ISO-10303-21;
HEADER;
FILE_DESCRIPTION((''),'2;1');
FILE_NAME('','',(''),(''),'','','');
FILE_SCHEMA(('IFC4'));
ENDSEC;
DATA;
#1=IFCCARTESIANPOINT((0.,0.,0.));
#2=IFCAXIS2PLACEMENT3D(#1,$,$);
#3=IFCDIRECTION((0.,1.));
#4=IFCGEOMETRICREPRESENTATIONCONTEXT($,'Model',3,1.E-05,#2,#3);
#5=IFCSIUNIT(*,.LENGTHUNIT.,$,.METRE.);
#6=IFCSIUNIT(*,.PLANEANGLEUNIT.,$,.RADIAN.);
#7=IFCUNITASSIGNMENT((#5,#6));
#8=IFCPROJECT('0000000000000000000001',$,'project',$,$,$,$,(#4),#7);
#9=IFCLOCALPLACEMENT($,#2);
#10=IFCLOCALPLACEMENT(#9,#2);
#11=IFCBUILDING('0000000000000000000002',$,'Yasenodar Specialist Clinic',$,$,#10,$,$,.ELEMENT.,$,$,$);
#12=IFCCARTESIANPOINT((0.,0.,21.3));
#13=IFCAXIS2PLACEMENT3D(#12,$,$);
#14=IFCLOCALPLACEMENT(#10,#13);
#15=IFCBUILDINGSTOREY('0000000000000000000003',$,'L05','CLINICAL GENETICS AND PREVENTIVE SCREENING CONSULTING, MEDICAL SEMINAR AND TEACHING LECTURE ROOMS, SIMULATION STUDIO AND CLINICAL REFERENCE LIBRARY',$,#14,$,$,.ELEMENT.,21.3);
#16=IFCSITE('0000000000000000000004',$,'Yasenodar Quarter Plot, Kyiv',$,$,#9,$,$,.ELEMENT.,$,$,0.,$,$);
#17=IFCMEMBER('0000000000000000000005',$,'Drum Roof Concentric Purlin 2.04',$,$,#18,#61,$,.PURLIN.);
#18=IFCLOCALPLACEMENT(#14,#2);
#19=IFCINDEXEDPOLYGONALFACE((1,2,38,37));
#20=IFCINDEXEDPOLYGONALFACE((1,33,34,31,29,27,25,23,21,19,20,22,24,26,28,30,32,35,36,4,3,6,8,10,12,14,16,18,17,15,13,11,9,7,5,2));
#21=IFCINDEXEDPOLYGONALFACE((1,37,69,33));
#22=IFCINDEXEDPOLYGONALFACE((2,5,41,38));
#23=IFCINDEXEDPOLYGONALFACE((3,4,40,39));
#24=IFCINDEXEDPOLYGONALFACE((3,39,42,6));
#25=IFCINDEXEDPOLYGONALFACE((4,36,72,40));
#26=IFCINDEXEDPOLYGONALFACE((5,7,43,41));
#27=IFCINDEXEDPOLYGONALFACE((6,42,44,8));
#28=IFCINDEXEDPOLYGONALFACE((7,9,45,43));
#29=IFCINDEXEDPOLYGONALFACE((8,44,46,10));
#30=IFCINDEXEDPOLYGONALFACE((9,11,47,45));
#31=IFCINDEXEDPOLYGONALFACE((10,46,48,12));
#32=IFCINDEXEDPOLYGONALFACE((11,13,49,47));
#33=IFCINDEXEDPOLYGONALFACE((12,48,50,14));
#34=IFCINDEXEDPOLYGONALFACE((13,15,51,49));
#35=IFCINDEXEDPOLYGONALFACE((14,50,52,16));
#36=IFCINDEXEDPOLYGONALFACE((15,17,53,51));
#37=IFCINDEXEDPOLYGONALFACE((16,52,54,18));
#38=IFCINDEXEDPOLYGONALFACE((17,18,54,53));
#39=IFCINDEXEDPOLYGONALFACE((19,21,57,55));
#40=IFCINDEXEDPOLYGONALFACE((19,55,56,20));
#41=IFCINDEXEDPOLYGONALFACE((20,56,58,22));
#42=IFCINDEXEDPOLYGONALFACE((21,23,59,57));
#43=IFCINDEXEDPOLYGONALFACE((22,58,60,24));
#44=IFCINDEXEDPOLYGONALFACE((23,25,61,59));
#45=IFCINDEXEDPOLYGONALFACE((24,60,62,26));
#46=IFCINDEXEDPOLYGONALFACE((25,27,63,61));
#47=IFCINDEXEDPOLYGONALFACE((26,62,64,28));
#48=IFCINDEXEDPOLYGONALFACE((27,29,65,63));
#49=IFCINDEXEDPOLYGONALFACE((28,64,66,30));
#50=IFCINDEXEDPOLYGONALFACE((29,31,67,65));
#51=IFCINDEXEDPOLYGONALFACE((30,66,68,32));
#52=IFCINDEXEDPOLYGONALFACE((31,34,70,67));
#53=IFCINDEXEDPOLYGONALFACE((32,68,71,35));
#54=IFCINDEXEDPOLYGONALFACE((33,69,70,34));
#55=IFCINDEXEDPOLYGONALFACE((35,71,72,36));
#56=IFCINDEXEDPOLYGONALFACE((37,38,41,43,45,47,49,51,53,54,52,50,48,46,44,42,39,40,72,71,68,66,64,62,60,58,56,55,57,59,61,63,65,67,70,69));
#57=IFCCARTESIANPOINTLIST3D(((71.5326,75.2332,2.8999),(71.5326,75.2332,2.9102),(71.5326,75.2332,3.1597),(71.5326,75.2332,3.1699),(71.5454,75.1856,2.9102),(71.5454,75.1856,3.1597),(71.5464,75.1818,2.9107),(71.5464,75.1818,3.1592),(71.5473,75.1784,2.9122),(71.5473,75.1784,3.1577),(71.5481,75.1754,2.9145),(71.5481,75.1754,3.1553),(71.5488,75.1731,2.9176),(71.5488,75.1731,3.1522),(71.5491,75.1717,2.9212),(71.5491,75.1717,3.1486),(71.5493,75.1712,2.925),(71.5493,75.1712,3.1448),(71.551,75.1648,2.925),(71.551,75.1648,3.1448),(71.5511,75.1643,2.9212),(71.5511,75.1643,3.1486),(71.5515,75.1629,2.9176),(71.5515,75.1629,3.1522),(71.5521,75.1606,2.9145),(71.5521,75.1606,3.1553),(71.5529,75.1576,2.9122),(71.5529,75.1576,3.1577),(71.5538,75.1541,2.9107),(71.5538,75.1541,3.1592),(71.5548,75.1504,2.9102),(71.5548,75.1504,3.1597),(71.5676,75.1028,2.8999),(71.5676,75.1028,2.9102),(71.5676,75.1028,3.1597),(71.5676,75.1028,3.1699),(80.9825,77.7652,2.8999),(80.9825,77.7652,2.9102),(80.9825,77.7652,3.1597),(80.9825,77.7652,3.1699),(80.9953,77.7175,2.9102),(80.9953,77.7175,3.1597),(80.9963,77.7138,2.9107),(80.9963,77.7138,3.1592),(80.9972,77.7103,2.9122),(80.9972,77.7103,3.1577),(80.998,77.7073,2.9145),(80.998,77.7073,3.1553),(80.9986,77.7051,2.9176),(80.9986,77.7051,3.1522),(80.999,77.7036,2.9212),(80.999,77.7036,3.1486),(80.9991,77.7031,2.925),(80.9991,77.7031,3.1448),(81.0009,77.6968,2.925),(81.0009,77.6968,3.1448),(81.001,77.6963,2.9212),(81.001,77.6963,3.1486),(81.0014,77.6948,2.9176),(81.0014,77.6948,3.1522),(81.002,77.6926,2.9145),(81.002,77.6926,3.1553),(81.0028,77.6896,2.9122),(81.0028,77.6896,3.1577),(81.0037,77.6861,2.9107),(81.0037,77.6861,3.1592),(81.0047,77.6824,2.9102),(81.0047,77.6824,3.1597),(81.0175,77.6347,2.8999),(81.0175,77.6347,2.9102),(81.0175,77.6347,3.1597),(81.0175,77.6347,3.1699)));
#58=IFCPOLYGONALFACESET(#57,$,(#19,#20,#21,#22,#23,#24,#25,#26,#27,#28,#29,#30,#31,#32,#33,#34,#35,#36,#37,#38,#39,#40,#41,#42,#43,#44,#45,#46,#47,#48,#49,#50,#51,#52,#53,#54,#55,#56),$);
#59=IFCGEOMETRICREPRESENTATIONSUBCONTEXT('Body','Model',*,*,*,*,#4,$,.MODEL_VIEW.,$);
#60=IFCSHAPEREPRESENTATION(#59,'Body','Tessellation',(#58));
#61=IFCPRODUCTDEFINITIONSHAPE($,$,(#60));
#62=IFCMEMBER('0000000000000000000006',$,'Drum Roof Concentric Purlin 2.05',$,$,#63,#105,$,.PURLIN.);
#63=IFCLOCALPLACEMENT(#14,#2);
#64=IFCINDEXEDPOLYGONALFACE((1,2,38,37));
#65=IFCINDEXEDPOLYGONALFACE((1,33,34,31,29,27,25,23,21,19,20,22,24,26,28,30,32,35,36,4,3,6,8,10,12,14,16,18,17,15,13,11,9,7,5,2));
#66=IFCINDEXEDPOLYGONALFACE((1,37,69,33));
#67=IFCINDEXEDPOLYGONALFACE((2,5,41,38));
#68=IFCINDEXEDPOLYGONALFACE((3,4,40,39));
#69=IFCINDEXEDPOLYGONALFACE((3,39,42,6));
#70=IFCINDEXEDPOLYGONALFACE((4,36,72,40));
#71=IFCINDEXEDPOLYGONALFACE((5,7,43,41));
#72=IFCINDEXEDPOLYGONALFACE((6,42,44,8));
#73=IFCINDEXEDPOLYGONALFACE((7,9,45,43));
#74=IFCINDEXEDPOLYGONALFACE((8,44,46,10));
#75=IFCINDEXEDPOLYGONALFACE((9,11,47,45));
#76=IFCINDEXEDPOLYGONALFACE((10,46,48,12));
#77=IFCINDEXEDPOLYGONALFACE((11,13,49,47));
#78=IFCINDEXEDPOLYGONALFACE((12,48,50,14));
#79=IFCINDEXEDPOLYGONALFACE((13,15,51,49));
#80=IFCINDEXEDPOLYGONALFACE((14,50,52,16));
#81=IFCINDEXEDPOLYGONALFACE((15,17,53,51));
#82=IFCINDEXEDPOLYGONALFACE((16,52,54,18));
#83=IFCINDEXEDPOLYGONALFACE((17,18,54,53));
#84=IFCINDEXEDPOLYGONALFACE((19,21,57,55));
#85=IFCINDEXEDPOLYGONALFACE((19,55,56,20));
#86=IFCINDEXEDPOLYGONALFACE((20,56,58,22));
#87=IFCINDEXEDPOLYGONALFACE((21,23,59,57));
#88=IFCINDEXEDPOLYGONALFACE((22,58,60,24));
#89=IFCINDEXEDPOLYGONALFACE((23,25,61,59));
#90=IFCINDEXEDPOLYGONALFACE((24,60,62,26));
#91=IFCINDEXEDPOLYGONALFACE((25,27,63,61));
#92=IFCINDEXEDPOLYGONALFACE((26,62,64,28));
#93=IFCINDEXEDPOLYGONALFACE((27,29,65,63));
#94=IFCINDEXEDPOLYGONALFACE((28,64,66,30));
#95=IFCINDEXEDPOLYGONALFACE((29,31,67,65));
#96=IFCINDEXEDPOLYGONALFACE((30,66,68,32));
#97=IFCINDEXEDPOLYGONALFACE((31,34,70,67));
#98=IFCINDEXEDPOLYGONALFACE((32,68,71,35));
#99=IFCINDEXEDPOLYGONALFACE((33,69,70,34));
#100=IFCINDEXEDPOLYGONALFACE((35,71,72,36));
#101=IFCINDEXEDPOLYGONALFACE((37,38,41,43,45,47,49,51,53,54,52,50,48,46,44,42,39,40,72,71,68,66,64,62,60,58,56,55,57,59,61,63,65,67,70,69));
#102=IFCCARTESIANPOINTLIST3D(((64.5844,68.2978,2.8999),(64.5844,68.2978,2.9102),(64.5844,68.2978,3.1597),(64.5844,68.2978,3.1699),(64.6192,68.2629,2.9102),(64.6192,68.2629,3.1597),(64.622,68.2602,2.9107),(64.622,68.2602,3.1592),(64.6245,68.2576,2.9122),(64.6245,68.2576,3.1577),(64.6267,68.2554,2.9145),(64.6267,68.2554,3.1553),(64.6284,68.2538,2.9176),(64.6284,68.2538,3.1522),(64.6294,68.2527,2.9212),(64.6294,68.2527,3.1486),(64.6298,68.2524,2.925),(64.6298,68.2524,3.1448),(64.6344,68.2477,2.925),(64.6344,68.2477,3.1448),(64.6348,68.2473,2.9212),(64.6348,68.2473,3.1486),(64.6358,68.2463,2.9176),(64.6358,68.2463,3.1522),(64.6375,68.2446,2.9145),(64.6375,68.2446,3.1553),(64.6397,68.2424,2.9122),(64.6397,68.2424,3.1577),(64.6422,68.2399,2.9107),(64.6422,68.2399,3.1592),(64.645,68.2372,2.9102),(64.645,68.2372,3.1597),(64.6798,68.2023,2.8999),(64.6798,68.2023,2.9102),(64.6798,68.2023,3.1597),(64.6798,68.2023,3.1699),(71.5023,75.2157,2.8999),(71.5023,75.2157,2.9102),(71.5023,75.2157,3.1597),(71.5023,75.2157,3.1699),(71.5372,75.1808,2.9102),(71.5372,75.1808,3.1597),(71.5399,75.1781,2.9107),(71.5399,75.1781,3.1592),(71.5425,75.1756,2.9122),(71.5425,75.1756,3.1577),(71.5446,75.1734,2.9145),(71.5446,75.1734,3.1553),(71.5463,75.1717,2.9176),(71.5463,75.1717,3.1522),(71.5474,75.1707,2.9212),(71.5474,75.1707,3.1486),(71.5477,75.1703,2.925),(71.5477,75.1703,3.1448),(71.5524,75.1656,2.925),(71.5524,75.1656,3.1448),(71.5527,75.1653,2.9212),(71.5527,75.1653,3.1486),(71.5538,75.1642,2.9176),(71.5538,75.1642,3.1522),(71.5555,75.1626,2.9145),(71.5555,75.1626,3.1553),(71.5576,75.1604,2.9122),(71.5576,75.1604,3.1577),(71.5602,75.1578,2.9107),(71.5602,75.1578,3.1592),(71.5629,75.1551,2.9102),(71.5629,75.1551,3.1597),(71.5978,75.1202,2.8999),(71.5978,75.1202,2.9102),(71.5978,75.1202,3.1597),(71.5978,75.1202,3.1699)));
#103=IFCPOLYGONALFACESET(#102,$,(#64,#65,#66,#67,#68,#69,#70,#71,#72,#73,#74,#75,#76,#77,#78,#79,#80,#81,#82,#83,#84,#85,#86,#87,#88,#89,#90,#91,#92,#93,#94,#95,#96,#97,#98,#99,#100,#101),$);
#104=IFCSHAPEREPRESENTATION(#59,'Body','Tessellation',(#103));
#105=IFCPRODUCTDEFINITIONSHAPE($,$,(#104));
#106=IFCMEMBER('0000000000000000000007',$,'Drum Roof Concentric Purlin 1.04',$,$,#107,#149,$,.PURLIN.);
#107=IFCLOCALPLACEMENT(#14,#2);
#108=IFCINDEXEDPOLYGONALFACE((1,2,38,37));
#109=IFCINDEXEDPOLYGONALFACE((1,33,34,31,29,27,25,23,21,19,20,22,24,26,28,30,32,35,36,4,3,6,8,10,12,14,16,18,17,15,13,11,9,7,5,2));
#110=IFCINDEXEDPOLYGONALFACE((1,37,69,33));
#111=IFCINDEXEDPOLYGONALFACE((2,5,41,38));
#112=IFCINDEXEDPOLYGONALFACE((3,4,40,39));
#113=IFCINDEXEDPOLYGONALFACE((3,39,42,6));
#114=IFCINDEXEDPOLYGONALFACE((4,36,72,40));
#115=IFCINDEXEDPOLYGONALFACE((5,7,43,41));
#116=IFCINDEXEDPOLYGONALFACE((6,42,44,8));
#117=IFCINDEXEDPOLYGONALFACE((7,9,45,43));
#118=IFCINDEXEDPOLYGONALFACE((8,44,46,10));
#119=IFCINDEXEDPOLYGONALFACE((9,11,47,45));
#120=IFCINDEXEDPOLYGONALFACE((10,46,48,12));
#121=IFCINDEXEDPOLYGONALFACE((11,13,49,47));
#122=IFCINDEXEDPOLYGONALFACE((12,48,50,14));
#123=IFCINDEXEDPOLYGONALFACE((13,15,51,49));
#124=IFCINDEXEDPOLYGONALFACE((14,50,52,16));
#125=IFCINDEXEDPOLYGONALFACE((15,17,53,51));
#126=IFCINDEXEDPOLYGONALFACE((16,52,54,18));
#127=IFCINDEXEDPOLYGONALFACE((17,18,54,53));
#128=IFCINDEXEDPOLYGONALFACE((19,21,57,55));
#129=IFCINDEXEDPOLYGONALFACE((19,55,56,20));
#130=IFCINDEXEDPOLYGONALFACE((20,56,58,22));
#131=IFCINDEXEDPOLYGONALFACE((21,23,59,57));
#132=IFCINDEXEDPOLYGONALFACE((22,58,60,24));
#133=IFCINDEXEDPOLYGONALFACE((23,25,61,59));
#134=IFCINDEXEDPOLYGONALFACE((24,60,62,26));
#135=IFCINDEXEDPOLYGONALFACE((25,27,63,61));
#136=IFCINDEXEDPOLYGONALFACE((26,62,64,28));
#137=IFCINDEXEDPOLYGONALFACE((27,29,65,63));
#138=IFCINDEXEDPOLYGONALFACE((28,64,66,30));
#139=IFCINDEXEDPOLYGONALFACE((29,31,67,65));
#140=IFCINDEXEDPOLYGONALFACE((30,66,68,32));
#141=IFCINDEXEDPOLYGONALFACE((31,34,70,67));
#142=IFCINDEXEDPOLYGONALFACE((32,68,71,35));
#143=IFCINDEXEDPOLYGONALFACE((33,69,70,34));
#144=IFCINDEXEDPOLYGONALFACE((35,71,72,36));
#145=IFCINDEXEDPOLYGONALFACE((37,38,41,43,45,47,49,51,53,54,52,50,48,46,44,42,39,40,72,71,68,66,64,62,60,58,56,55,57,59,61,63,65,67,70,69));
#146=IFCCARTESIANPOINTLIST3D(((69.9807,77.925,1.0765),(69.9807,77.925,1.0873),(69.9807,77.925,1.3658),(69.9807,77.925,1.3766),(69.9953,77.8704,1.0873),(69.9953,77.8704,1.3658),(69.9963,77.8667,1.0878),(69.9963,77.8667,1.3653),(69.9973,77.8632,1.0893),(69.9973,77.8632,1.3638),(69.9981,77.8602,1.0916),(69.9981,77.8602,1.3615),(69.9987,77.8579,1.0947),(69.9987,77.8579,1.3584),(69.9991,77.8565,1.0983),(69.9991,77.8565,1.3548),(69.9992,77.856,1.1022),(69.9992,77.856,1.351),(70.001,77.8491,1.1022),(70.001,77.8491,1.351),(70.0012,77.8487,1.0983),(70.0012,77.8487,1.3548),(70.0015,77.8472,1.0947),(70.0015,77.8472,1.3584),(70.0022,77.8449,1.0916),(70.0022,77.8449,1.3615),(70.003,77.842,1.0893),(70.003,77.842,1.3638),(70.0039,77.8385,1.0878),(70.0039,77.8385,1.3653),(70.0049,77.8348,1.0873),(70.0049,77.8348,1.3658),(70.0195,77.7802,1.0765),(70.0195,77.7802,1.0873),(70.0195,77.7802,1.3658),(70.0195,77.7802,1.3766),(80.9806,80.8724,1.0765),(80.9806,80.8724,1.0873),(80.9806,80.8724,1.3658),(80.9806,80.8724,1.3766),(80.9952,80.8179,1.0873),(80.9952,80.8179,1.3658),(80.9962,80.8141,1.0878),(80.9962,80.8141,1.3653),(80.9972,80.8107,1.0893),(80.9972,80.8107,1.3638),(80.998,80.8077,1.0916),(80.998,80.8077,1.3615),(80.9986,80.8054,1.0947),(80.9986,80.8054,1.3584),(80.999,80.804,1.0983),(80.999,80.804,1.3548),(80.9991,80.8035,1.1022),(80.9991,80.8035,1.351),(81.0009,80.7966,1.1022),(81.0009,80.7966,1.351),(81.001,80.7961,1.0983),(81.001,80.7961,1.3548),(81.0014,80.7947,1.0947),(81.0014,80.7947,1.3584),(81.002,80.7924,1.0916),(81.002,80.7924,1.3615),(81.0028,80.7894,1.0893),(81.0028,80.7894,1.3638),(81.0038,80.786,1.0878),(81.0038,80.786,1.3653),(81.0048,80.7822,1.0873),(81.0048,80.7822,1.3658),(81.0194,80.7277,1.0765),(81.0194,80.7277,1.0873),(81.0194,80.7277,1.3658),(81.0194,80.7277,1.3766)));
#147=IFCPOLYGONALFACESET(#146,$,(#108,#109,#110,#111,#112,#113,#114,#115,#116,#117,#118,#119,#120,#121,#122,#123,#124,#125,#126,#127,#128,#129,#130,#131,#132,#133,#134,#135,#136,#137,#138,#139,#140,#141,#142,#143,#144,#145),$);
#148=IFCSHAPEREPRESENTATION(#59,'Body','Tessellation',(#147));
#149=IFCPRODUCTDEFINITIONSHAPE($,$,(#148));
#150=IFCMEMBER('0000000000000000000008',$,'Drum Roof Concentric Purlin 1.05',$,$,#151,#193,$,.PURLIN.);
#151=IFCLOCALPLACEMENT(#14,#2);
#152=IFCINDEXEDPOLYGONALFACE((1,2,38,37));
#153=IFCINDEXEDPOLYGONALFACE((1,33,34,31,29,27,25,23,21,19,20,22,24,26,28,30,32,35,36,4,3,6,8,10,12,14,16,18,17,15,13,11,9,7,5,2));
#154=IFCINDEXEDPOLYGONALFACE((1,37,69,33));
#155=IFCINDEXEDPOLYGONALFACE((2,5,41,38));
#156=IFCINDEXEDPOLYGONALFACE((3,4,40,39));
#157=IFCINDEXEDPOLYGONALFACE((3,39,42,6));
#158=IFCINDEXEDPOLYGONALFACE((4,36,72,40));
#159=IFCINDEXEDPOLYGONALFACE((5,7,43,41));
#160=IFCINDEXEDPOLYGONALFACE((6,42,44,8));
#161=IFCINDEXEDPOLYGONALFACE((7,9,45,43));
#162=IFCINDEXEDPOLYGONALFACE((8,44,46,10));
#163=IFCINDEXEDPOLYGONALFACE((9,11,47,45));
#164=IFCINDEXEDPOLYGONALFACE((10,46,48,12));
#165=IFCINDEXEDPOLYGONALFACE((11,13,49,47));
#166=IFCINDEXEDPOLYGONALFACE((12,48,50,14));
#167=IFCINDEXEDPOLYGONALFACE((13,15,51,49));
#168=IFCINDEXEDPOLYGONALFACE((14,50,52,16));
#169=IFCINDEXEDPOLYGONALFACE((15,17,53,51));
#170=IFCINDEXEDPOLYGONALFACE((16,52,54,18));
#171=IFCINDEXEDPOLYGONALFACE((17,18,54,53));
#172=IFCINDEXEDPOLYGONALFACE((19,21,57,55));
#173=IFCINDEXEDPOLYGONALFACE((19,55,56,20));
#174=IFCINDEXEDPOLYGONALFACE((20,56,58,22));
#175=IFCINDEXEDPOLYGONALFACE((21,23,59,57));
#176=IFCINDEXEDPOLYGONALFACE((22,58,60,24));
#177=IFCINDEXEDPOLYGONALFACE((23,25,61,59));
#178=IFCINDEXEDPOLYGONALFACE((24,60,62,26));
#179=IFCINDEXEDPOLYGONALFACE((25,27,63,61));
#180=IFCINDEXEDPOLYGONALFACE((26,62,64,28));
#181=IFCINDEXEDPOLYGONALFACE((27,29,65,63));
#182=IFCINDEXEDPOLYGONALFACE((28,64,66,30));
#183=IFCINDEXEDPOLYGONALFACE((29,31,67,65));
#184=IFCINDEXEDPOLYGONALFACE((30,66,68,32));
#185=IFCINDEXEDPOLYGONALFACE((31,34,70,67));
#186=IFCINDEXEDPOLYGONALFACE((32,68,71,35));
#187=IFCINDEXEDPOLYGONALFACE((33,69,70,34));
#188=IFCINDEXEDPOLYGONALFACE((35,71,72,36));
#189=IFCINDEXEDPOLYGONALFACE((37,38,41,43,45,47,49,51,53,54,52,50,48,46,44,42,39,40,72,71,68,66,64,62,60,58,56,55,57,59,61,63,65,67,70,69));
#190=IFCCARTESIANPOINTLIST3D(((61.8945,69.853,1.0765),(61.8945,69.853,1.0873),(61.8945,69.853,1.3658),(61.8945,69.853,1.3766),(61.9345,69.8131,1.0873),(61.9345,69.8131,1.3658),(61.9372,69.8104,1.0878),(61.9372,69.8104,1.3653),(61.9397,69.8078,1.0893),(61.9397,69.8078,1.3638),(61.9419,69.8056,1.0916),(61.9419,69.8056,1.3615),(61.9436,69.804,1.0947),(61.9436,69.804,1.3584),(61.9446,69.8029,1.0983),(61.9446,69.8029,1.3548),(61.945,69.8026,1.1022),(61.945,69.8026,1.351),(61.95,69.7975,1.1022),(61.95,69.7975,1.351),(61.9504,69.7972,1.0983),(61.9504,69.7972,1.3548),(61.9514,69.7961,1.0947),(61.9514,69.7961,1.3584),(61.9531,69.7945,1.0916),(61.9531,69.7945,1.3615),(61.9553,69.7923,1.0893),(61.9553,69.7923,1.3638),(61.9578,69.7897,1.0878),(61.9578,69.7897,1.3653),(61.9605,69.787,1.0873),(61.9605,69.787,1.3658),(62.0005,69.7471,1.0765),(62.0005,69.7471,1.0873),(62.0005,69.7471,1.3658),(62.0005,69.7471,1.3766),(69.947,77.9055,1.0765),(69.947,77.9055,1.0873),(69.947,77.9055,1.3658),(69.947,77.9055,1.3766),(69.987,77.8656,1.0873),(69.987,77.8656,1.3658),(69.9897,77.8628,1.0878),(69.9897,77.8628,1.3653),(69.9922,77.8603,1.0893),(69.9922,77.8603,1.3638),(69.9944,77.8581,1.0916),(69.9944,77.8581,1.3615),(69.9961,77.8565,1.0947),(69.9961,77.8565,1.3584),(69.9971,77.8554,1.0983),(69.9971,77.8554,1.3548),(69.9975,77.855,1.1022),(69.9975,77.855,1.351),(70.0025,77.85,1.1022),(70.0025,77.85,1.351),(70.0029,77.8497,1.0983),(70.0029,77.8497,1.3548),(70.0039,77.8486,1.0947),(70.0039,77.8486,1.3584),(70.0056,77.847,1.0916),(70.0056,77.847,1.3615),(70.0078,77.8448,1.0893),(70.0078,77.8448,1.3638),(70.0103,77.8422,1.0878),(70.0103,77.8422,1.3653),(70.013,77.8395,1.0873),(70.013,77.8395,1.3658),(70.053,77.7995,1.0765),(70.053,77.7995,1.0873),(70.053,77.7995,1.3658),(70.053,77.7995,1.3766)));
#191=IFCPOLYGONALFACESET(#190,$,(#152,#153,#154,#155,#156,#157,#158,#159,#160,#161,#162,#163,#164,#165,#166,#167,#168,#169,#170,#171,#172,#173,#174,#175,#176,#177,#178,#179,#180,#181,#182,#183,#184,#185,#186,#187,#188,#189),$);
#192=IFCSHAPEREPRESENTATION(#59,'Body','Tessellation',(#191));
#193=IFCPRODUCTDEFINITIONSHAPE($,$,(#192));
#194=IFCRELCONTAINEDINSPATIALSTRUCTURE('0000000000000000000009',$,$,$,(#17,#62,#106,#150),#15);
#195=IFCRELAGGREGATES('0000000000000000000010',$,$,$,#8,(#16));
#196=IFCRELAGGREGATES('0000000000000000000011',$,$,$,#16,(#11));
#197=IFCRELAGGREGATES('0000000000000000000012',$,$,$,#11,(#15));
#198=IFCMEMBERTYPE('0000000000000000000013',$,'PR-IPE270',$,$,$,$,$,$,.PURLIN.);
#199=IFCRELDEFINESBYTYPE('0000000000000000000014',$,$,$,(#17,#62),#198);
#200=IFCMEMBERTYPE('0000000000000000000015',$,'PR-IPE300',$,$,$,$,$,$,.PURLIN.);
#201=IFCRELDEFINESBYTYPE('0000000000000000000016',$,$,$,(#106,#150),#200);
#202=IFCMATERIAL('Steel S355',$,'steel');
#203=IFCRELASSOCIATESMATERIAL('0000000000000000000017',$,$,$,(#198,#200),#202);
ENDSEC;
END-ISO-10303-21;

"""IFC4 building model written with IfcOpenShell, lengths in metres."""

from ifc_helpers import new_model, si_unit, direction, frame, origin, origin_2d, place, context, subcontext, project, spatial, i_section, extrude, material, material_profile, profile_set, type_object, element, save


model = new_model("IFC4")

# Units and contexts
model_context = context("Model", 3, precision=1e-05, world=origin(), true_north=direction((0.0, 1.0)))
body_context = subcontext(model_context, "Body", "Model", "MODEL_VIEW")
ifc_project = project(units=[si_unit("LENGTHUNIT", "METRE"), si_unit("PLANEANGLEUNIT", "RADIAN")], contexts=[model_context])

# Site, building, storey
site_placement = place(None, origin())
site = spatial("IfcSite", under=ifc_project, at=site_placement, Name="Yasenodar Quarter Plot, Kyiv", CompositionType="ELEMENT", RefElevation=0.0)
building_placement = place(site_placement, origin())
building = spatial("IfcBuilding", under=site, at=building_placement, Name="Yasenodar Specialist Clinic", CompositionType="ELEMENT")
storey_placement = place(building_placement, frame((0.0, 0.0, 21.3)))
storey = spatial("IfcBuildingStorey", under=building, at=storey_placement, Name="L05", Description="CLINICAL GENETICS AND PREVENTIVE SCREENING CONSULTING, MEDICAL SEMINAR AND TEACHING LECTURE ROOMS, SIMULATION STUDIO AND CLINICAL REFERENCE LIBRARY", CompositionType="ELEMENT", Elevation=21.3)

# Shared definitions
ifc_material_1 = material(Name="Steel S355", Category="steel")

# Members
ifc_material_profile_1 = material_profile(ifc_material_1, i_section(OverallWidth=0.135, OverallDepth=0.27, WebThickness=0.0066, FlangeThickness=0.0103, FilletRadius=0.0149, at=origin_2d()), Name="IPE 270")
ifc_profile_set_1 = profile_set([ifc_material_profile_1], Name="Steel S355")
member_type_1 = type_object("IfcMemberType", Name="PR-IPE270", PredefinedType="PURLIN", material=ifc_profile_set_1)
member_1_placement = place(storey_placement, frame((81.0, 77.7, 3.0349), z_axis=(-0.965929, -0.258807, 0.0), x_axis=(0.258807, -0.965929, 0.0)))
element("IfcMember", 1, at=member_1_placement, inside=storey, type_object=member_type_1, Name="Drum Roof Concentric Purlin 2.04", PredefinedType="PURLIN", context=body_context, shape_type="SweptSolid", body=[
    extrude(i_section(OverallWidth=0.135, OverallDepth=0.27, WebThickness=0.0066, FlangeThickness=0.0103, FilletRadius=0.0149, at=origin_2d()), origin(), (0.0, 0.0, 1.0), 9.7832),
])
member_2_placement = place(storey_placement, frame((71.55, 75.168, 3.0349), z_axis=(-0.707107, -0.707107, 0.0), x_axis=(0.707107, -0.707107, 0.0)))
element("IfcMember", 2, at=member_2_placement, inside=storey, type_object=member_type_1, Name="Drum Roof Concentric Purlin 2.05", PredefinedType="PURLIN", context=body_context, shape_type="SweptSolid", body=[
    extrude(i_section(OverallWidth=0.135, OverallDepth=0.27, WebThickness=0.0066, FlangeThickness=0.0103, FilletRadius=0.0149, at=origin_2d()), origin(), (0.0, 0.0, 1.0), 9.7834),
])
ifc_material_profile_2 = material_profile(ifc_material_1, i_section(OverallWidth=0.1499, OverallDepth=0.3, WebThickness=0.0071, FlangeThickness=0.0107, FilletRadius=0.0149, at=origin_2d()), Name="IPE 300")
ifc_profile_set_2 = profile_set([ifc_material_profile_2], Name="Steel S355")
member_type_2 = type_object("IfcMemberType", Name="PR-IPE300", PredefinedType="PURLIN", material=ifc_profile_set_2)
for number, where, z_axis, x_axis, name in (
    (3, (81.0, 80.8, 1.2266), (-0.965924, -0.258825, 0.0), (0.258825, -0.965924, 0.0), "Drum Roof Concentric Purlin 1.04"),
    (4, (70.0, 77.8525, 1.2266), (-0.707107, -0.707107, 0.0), (0.707107, -0.707107, 0.0), "Drum Roof Concentric Purlin 1.05"),
):
    element("IfcMember", number, at=place(storey_placement, frame(where, z_axis=z_axis, x_axis=x_axis)), inside=storey, type_object=member_type_2, Name=name, PredefinedType="PURLIN", context=body_context, shape_type="SweptSolid", body=[
        extrude(i_section(OverallWidth=0.1499, OverallDepth=0.3, WebThickness=0.0071, FlangeThickness=0.0107, FilletRadius=0.0149, at=origin_2d()), origin(), (0.0, 0.0, 1.0), 11.3879),
    ])

save(model, "model.ifc")
